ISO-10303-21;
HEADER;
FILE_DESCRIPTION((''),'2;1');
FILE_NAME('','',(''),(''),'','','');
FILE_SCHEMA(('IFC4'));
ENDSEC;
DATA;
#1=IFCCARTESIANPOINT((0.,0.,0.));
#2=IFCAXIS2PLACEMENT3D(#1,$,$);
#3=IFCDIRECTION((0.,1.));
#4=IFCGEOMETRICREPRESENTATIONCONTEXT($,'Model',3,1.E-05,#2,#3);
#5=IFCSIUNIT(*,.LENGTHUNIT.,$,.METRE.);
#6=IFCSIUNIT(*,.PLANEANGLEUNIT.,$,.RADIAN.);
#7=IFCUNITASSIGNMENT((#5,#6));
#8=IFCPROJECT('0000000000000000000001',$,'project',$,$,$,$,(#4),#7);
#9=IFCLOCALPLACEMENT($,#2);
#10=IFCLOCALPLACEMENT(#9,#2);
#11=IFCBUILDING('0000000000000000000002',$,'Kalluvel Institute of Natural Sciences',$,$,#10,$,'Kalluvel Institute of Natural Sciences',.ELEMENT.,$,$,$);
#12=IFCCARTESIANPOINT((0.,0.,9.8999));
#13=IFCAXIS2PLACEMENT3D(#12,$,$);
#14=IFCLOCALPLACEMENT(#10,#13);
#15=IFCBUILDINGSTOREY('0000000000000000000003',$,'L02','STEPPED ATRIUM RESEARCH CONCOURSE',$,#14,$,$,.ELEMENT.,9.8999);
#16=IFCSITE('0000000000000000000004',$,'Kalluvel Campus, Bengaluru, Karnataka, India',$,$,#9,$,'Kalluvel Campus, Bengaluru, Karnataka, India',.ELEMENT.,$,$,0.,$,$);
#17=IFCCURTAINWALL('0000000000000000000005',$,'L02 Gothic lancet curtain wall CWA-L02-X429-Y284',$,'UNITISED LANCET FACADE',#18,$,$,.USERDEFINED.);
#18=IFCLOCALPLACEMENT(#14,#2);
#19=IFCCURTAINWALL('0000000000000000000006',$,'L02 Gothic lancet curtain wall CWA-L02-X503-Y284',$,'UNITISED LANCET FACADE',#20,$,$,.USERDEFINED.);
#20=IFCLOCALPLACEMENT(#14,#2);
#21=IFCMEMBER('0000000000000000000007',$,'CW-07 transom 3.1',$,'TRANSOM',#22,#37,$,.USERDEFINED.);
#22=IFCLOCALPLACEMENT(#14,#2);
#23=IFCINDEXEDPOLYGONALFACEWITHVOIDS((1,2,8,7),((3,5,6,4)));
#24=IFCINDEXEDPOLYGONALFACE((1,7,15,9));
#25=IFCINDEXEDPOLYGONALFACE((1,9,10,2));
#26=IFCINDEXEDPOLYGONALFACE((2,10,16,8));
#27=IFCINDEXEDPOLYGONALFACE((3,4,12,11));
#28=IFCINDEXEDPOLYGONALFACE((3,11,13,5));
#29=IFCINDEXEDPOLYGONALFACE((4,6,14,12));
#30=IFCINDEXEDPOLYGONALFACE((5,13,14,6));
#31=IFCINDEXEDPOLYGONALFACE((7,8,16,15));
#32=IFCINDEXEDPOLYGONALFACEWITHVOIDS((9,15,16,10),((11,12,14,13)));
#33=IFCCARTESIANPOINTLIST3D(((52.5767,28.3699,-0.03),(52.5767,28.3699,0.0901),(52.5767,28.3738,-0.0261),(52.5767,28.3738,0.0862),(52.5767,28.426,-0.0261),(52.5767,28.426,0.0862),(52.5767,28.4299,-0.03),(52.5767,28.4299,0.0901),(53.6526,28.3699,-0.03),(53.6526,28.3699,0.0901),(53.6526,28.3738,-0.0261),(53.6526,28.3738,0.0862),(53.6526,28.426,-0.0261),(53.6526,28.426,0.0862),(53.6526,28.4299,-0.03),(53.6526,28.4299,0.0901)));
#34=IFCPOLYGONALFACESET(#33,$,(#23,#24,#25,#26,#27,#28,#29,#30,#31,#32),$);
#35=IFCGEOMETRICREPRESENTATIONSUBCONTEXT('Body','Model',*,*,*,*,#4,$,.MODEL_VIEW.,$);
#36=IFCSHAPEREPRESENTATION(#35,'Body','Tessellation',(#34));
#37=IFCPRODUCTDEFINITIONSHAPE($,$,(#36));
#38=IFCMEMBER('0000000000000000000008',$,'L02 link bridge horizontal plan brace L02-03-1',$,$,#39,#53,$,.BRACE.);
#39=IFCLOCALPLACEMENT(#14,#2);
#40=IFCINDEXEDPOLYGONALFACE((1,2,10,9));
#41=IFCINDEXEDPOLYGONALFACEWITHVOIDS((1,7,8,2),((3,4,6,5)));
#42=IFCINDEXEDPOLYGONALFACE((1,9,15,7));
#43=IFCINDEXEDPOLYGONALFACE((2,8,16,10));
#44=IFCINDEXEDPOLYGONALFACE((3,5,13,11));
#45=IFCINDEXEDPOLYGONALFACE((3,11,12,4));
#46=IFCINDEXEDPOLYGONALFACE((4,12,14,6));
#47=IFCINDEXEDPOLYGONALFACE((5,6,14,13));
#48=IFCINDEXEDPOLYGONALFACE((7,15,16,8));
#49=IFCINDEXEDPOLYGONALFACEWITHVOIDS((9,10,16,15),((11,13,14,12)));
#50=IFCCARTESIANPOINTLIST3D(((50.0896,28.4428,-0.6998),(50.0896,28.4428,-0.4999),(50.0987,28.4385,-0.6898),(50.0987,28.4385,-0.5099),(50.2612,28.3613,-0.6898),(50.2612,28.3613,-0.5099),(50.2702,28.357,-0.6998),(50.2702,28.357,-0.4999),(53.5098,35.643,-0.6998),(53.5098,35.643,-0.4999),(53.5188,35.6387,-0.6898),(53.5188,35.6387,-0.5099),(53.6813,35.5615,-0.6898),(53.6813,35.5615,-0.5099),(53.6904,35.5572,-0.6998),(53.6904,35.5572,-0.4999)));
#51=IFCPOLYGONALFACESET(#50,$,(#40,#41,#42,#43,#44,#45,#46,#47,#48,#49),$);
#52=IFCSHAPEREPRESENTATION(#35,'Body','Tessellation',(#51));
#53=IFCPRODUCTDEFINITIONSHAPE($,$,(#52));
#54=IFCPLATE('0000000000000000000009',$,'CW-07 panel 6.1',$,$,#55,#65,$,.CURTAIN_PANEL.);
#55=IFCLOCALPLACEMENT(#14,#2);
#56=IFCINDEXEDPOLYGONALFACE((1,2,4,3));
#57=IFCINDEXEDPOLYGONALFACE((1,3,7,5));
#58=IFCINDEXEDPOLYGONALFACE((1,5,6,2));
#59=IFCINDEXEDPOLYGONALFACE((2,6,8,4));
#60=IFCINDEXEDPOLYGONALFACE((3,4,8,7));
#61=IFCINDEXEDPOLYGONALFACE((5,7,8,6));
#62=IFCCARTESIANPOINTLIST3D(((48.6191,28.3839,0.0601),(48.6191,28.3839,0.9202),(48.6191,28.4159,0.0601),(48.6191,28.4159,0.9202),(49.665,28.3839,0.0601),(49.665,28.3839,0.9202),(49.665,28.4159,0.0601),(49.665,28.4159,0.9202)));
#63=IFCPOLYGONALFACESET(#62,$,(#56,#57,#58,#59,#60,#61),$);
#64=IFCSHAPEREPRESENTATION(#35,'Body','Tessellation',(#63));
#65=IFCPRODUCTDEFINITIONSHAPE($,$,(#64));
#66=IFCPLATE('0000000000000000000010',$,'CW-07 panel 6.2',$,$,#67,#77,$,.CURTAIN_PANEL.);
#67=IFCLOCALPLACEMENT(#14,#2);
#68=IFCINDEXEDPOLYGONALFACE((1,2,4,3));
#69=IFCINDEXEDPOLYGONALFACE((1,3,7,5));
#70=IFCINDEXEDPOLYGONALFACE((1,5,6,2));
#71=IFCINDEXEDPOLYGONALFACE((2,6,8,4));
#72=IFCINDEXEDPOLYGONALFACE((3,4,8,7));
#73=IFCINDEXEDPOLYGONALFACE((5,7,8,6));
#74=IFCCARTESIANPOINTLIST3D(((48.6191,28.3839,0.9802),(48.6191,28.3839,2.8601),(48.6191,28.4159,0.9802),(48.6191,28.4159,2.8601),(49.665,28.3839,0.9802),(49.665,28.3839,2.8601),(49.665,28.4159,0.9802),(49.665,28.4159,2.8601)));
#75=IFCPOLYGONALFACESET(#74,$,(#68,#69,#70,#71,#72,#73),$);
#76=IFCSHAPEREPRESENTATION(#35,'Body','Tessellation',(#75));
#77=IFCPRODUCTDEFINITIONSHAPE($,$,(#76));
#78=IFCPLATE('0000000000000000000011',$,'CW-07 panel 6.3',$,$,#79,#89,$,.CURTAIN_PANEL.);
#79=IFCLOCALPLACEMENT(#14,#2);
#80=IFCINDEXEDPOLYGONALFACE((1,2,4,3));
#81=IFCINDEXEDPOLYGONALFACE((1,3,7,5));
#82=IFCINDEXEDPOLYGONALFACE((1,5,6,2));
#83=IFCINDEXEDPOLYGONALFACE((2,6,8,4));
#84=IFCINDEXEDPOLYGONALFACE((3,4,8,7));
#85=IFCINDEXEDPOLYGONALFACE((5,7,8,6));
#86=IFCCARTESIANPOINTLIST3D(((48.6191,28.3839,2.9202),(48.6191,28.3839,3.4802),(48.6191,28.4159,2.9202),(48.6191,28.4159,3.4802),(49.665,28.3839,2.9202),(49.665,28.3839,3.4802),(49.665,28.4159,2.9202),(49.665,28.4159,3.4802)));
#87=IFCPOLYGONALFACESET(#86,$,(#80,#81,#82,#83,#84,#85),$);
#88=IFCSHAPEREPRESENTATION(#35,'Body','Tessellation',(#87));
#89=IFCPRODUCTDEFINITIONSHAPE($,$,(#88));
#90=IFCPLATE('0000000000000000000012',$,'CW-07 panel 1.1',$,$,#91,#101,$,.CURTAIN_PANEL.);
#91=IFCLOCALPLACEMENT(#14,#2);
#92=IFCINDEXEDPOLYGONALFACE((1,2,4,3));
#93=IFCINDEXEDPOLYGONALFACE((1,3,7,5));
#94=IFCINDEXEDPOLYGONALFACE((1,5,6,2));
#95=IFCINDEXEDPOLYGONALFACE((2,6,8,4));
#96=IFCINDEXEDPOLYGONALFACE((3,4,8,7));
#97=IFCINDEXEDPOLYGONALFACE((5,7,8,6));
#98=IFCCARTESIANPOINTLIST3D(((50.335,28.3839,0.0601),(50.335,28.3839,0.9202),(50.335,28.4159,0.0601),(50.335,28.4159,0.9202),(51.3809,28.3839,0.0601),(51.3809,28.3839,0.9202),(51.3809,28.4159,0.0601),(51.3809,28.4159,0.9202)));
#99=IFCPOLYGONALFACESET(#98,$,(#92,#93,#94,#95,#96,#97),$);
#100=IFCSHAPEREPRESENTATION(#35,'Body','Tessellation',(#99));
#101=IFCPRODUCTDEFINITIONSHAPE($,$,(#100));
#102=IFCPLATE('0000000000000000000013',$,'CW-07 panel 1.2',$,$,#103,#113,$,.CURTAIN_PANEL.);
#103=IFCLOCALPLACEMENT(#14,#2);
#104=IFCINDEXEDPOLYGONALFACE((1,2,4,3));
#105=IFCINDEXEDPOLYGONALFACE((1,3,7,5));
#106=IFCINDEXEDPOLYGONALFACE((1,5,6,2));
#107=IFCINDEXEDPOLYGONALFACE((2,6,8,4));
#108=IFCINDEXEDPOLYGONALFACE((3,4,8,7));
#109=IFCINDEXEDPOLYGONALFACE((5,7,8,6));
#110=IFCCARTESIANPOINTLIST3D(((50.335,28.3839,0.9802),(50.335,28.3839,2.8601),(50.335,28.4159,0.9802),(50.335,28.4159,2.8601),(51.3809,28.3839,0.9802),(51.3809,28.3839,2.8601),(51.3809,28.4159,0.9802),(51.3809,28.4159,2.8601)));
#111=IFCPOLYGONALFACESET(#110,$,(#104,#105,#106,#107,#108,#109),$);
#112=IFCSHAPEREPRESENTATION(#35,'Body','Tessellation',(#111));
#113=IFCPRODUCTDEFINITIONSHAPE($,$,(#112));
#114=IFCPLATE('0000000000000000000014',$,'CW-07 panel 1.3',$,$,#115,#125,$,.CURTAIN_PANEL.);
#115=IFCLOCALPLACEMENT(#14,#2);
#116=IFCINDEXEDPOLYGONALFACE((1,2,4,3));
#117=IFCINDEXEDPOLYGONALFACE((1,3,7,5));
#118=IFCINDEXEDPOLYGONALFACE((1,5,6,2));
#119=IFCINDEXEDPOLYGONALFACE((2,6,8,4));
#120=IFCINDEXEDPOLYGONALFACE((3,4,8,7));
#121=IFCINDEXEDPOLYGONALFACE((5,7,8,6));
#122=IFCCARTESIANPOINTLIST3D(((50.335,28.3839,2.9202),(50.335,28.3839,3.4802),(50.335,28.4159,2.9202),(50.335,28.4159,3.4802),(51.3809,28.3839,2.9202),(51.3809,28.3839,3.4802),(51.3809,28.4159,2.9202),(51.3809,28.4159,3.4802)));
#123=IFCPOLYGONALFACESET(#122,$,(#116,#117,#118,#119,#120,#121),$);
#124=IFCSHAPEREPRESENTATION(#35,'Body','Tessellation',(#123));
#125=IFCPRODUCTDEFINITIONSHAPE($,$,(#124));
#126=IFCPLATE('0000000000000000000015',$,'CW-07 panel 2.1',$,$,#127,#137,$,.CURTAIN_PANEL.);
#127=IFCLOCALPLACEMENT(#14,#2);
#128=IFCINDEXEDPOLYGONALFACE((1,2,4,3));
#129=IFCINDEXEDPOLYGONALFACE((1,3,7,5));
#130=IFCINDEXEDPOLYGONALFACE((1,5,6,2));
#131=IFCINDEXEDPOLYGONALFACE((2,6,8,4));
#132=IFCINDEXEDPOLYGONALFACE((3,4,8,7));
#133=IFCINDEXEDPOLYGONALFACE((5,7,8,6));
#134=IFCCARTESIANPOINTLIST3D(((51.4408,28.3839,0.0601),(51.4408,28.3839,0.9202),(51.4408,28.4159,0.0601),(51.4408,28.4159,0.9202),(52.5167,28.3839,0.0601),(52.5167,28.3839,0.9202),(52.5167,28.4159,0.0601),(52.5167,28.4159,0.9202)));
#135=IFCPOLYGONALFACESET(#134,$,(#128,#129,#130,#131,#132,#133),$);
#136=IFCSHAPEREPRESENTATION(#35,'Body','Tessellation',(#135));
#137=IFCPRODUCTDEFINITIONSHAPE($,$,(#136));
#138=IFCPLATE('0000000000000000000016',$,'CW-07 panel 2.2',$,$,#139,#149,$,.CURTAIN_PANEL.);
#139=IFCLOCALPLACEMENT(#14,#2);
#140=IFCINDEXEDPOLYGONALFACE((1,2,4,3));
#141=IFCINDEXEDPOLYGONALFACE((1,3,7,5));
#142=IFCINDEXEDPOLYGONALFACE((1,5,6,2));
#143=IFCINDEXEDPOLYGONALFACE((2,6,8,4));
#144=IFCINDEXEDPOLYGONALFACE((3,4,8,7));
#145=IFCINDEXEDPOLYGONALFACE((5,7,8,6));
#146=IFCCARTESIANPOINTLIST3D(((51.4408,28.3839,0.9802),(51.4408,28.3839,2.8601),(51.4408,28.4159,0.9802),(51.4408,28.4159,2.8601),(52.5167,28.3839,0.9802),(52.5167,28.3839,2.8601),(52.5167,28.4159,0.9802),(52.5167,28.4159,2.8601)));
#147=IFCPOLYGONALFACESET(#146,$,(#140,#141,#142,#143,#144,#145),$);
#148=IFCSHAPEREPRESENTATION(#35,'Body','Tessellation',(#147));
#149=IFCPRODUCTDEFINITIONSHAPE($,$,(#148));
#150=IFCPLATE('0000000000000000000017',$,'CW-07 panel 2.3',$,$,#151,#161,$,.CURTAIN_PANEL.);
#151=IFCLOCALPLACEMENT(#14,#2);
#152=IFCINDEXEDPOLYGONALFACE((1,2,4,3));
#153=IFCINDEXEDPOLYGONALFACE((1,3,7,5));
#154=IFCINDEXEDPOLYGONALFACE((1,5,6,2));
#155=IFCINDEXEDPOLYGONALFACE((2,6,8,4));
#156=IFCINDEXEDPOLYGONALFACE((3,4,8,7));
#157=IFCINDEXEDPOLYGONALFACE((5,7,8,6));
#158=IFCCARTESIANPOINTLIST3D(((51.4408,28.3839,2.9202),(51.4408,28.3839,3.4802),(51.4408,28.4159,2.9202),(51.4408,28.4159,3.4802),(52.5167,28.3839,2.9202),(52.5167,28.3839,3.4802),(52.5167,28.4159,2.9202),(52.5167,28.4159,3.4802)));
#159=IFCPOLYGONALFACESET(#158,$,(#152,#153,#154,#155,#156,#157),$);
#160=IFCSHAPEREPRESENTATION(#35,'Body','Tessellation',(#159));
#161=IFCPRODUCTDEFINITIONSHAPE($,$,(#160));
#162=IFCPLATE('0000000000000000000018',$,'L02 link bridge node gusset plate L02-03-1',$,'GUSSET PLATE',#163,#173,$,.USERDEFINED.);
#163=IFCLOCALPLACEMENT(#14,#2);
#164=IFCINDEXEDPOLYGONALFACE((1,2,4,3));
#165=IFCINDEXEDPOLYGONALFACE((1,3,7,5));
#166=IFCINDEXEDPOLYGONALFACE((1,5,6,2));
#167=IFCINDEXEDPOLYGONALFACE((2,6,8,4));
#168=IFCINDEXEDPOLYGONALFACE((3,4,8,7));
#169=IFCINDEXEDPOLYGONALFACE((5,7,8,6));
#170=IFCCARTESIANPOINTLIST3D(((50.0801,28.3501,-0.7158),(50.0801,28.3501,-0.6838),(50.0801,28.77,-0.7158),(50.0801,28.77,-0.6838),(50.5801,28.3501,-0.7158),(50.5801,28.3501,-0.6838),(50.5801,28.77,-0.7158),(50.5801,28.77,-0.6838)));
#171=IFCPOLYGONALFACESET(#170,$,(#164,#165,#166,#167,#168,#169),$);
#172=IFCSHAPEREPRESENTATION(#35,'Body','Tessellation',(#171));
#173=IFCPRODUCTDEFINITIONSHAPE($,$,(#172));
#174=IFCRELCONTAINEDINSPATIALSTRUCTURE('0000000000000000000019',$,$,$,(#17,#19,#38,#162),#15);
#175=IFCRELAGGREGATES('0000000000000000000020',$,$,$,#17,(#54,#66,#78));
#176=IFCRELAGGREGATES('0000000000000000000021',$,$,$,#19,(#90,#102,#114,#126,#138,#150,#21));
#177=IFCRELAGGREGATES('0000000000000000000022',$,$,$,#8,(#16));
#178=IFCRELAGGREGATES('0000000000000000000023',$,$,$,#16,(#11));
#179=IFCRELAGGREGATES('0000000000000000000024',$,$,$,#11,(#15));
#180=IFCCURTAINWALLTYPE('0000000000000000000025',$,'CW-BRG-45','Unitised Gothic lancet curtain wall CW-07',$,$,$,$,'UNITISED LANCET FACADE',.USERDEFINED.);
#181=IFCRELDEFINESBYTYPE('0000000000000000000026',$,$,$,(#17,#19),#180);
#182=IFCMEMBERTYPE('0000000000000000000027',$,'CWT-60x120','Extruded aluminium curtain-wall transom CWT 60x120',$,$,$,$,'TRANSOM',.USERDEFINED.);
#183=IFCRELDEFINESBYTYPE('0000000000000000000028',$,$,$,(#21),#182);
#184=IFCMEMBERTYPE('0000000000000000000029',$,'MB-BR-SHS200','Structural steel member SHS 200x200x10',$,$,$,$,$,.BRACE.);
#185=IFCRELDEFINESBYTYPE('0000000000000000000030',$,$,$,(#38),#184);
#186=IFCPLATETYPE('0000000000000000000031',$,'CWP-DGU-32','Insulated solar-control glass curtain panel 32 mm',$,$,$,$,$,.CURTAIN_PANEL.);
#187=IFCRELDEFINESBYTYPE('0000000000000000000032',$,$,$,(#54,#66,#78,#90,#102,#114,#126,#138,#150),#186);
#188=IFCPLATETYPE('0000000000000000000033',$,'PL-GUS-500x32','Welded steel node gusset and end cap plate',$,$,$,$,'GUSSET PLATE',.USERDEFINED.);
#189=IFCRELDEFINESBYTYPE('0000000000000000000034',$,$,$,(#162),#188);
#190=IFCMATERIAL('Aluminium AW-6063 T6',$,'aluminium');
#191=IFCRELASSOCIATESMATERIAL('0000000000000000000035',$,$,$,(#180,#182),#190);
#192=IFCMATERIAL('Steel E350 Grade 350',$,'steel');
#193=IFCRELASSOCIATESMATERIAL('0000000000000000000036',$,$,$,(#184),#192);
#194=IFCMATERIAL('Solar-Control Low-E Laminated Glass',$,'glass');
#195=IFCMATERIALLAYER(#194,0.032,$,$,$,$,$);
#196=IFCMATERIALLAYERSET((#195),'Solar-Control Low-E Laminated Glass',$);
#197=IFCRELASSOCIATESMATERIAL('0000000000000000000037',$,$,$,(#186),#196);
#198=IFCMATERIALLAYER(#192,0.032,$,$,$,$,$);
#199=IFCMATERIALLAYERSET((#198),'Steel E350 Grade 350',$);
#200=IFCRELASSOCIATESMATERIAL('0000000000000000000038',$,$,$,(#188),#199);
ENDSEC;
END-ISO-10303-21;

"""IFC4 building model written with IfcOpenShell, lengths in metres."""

from ifc_helpers import new_model, si_unit, direction, frame, origin, origin_2d, place, context, subcontext, project, spatial, rectangle, hollow_rectangle, extrude, material, layer, layer_set, material_profile, profile_set, type_object, element, aggregate, save


model = new_model("IFC4")

# Units and contexts
model_context = context("Model", 3, precision=1e-05, world=origin(), true_north=direction((0.0, 1.0)))
body_context = subcontext(model_context, "Body", "Model", "MODEL_VIEW")
ifc_project = project(units=[si_unit("LENGTHUNIT", "METRE"), si_unit("PLANEANGLEUNIT", "RADIAN")], contexts=[model_context])

# Site, building, storey
site_placement = place(None, origin())
site = spatial("IfcSite", under=ifc_project, at=site_placement, Name="Kalluvel Campus, Bengaluru, Karnataka, India", LongName="Kalluvel Campus, Bengaluru, Karnataka, India", CompositionType="ELEMENT", RefElevation=0.0)
building_placement = place(site_placement, origin())
building = spatial("IfcBuilding", under=site, at=building_placement, Name="Kalluvel Institute of Natural Sciences", LongName="Kalluvel Institute of Natural Sciences", CompositionType="ELEMENT")
storey_placement = place(building_placement, frame((0.0, 0.0, 9.8999)))
storey = spatial("IfcBuildingStorey", under=building, at=storey_placement, Name="L02", Description="STEPPED ATRIUM RESEARCH CONCOURSE", CompositionType="ELEMENT", Elevation=9.8999)

# Shared definitions
ifc_material_1 = material(Name="Steel E350 Grade 350", Category="steel")

# Curtain wall
ifc_material_2 = material(Name="Aluminium AW-6063 T6", Category="aluminium")
curtain_wall_type = type_object("IfcCurtainWallType", Name="CW-BRG-45", Description="Unitised Gothic lancet curtain wall CW-07", ElementType="UNITISED LANCET FACADE", PredefinedType="USERDEFINED", material=ifc_material_2)
curtain_wall_1_placement = place(storey_placement, origin())
curtain_wall_1 = element("IfcCurtainWall", 1, at=curtain_wall_1_placement, inside=storey, type_object=curtain_wall_type, Name="L02 Gothic lancet curtain wall CWA-L02-X429-Y284", ObjectType="UNITISED LANCET FACADE", PredefinedType="USERDEFINED")

# Curtain wall
curtain_wall_2_placement = place(storey_placement, origin())
curtain_wall_2 = element("IfcCurtainWall", 2, at=curtain_wall_2_placement, inside=storey, type_object=curtain_wall_type, Name="L02 Gothic lancet curtain wall CWA-L02-X503-Y284", ObjectType="UNITISED LANCET FACADE", PredefinedType="USERDEFINED")

# Members
ifc_material_profile_1 = material_profile(ifc_material_2, hollow_rectangle(XDim=0.0601, YDim=0.1201, WallThickness=0.0039, at=origin_2d()), Name="CWT 60x120")
ifc_profile_set_1 = profile_set([ifc_material_profile_1], Name="Aluminium AW-6063 T6")
member_type_1 = type_object("IfcMemberType", Name="CWT-60x120", Description="Extruded aluminium curtain-wall transom CWT 60x120", ElementType="TRANSOM", PredefinedType="USERDEFINED", material=ifc_profile_set_1)
member_1_placement = place(storey_placement, frame((52.5767, 28.3999, 0.03), z_axis=(1.0, 0.0, 0.0), x_axis=(0.0, 1.0, 0.0)))
member_1 = element("IfcMember", 3, at=member_1_placement, type_object=member_type_1, Name="CW-07 transom 3.1", ObjectType="TRANSOM", PredefinedType="USERDEFINED", context=body_context, shape_type="SweptSolid", body=[
    extrude(hollow_rectangle(XDim=0.0601, YDim=0.1201, WallThickness=0.0039, at=origin_2d()), origin(), (0.0, 0.0, 1.0), 1.0759),
])
ifc_material_profile_2 = material_profile(ifc_material_1, hollow_rectangle(XDim=0.2, YDim=0.2, WallThickness=0.01, at=origin_2d()), Name="SHS 200x200x10")
ifc_profile_set_2 = profile_set([ifc_material_profile_2], Name="Steel E350 Grade 350")
member_type_2 = type_object("IfcMemberType", Name="MB-BR-SHS200", Description="Structural steel member SHS 200x200x10", PredefinedType="BRACE", material=ifc_profile_set_2)
member_2_placement = place(storey_placement, frame((50.1799, 28.3999, -0.5999), z_axis=(0.429064, 0.903274, 0.0), x_axis=(-0.903274, 0.429064, 0.0)))
element("IfcMember", 4, at=member_2_placement, inside=storey, type_object=member_type_2, Name="L02 link bridge horizontal plan brace L02-03-1", PredefinedType="BRACE", context=body_context, shape_type="SweptSolid", body=[
    extrude(hollow_rectangle(XDim=0.2, YDim=0.2, WallThickness=0.01, at=origin_2d()), origin(), (0.0, 0.0, 1.0), 7.9712),
])

# Plates
ifc_material_3 = material(Name="Solar-Control Low-E Laminated Glass", Category="glass")
ifc_layer_1 = layer(ifc_material_3, 0.032)
ifc_layer_set_1 = layer_set([ifc_layer_1], Name="Solar-Control Low-E Laminated Glass")
plate_type_1 = type_object("IfcPlateType", Name="CWP-DGU-32", Description="Insulated solar-control glass curtain panel 32 mm", PredefinedType="CURTAIN_PANEL", material=ifc_layer_set_1)
plate_1_placement = place(storey_placement, frame((49.1421, 28.3999, 0.0601), z_axis=(0.0, 0.0, 1.0), x_axis=(1.0, 0.0, 0.0)))
plate_1 = element("IfcPlate", 5, at=plate_1_placement, type_object=plate_type_1, Name="CW-07 panel 6.1", PredefinedType="CURTAIN_PANEL", context=body_context, shape_type="SweptSolid", body=[
    extrude(rectangle(XDim=1.0459, YDim=0.032, at=origin_2d()), origin(), (0.0, 0.0, 1.0), 0.8601),
])
plate_2_placement = place(storey_placement, frame((49.1421, 28.3999, 0.9802), z_axis=(0.0, 0.0, 1.0), x_axis=(1.0, 0.0, 0.0)))
plate_2 = element("IfcPlate", 6, at=plate_2_placement, type_object=plate_type_1, Name="CW-07 panel 6.2", PredefinedType="CURTAIN_PANEL", context=body_context, shape_type="SweptSolid", body=[
    extrude(rectangle(XDim=1.0459, YDim=0.032, at=origin_2d()), origin(), (0.0, 0.0, 1.0), 1.8799),
])
plate_3_placement = place(storey_placement, frame((49.1421, 28.3999, 2.9202), z_axis=(0.0, 0.0, 1.0), x_axis=(1.0, 0.0, 0.0)))
plate_3 = element("IfcPlate", 7, at=plate_3_placement, type_object=plate_type_1, Name="CW-07 panel 6.3", PredefinedType="CURTAIN_PANEL", context=body_context, shape_type="SweptSolid", body=[
    extrude(rectangle(XDim=1.0459, YDim=0.032, at=origin_2d()), origin(), (0.0, 0.0, 1.0), 0.5601),
])
aggregate(curtain_wall_1, [plate_1, plate_2, plate_3])
plate_4_placement = place(storey_placement, frame((50.8579, 28.3999, 0.0601), z_axis=(0.0, 0.0, 1.0), x_axis=(1.0, 0.0, 0.0)))
plate_4 = element("IfcPlate", 8, at=plate_4_placement, type_object=plate_type_1, Name="CW-07 panel 1.1", PredefinedType="CURTAIN_PANEL", context=body_context, shape_type="SweptSolid", body=[
    extrude(rectangle(XDim=1.0459, YDim=0.032, at=origin_2d()), origin(), (0.0, 0.0, 1.0), 0.8601),
])
plate_5_placement = place(storey_placement, frame((50.8579, 28.3999, 0.9802), z_axis=(0.0, 0.0, 1.0), x_axis=(1.0, 0.0, 0.0)))
plate_5 = element("IfcPlate", 9, at=plate_5_placement, type_object=plate_type_1, Name="CW-07 panel 1.2", PredefinedType="CURTAIN_PANEL", context=body_context, shape_type="SweptSolid", body=[
    extrude(rectangle(XDim=1.0459, YDim=0.032, at=origin_2d()), origin(), (0.0, 0.0, 1.0), 1.8799),
])
plate_6_placement = place(storey_placement, frame((50.8579, 28.3999, 2.9202), z_axis=(0.0, 0.0, 1.0), x_axis=(1.0, 0.0, 0.0)))
plate_6 = element("IfcPlate", 10, at=plate_6_placement, type_object=plate_type_1, Name="CW-07 panel 1.3", PredefinedType="CURTAIN_PANEL", context=body_context, shape_type="SweptSolid", body=[
    extrude(rectangle(XDim=1.0459, YDim=0.032, at=origin_2d()), origin(), (0.0, 0.0, 1.0), 0.5601),
])
plate_7_placement = place(storey_placement, frame((51.9788, 28.3999, 0.0601), z_axis=(0.0, 0.0, 1.0), x_axis=(1.0, 0.0, 0.0)))
plate_7 = element("IfcPlate", 11, at=plate_7_placement, type_object=plate_type_1, Name="CW-07 panel 2.1", PredefinedType="CURTAIN_PANEL", context=body_context, shape_type="SweptSolid", body=[
    extrude(rectangle(XDim=1.0759, YDim=0.032, at=origin_2d()), origin(), (0.0, 0.0, 1.0), 0.8601),
])
plate_8_placement = place(storey_placement, frame((51.9788, 28.3999, 0.9802), z_axis=(0.0, 0.0, 1.0), x_axis=(1.0, 0.0, 0.0)))
plate_8 = element("IfcPlate", 12, at=plate_8_placement, type_object=plate_type_1, Name="CW-07 panel 2.2", PredefinedType="CURTAIN_PANEL", context=body_context, shape_type="SweptSolid", body=[
    extrude(rectangle(XDim=1.0759, YDim=0.032, at=origin_2d()), origin(), (0.0, 0.0, 1.0), 1.8799),
])
plate_9_placement = place(storey_placement, frame((51.9788, 28.3999, 2.9202), z_axis=(0.0, 0.0, 1.0), x_axis=(1.0, 0.0, 0.0)))
plate_9 = element("IfcPlate", 13, at=plate_9_placement, type_object=plate_type_1, Name="CW-07 panel 2.3", PredefinedType="CURTAIN_PANEL", context=body_context, shape_type="SweptSolid", body=[
    extrude(rectangle(XDim=1.0759, YDim=0.032, at=origin_2d()), origin(), (0.0, 0.0, 1.0), 0.5601),
])
aggregate(curtain_wall_2, [plate_4, plate_5, plate_6, plate_7, plate_8, plate_9, member_1])
ifc_layer_2 = layer(ifc_material_1, 0.032)
ifc_layer_set_2 = layer_set([ifc_layer_2], Name="Steel E350 Grade 350")
plate_type_2 = type_object("IfcPlateType", Name="PL-GUS-500x32", Description="Welded steel node gusset and end cap plate", ElementType="GUSSET PLATE", PredefinedType="USERDEFINED", material=ifc_layer_set_2)
plate_10_placement = place(storey_placement, frame((50.3301, 28.5601, -0.7158), z_axis=(0.0, 0.0, 1.0), x_axis=(1.0, 0.0, 0.0)))
element("IfcPlate", 14, at=plate_10_placement, inside=storey, type_object=plate_type_2, Name="L02 link bridge node gusset plate L02-03-1", ObjectType="GUSSET PLATE", PredefinedType="USERDEFINED", context=body_context, shape_type="SweptSolid", body=[
    extrude(rectangle(XDim=0.5, YDim=0.4199, at=origin_2d()), origin(), (0.0, 0.0, 1.0), 0.032),
])

save(model, "model.ifc")
